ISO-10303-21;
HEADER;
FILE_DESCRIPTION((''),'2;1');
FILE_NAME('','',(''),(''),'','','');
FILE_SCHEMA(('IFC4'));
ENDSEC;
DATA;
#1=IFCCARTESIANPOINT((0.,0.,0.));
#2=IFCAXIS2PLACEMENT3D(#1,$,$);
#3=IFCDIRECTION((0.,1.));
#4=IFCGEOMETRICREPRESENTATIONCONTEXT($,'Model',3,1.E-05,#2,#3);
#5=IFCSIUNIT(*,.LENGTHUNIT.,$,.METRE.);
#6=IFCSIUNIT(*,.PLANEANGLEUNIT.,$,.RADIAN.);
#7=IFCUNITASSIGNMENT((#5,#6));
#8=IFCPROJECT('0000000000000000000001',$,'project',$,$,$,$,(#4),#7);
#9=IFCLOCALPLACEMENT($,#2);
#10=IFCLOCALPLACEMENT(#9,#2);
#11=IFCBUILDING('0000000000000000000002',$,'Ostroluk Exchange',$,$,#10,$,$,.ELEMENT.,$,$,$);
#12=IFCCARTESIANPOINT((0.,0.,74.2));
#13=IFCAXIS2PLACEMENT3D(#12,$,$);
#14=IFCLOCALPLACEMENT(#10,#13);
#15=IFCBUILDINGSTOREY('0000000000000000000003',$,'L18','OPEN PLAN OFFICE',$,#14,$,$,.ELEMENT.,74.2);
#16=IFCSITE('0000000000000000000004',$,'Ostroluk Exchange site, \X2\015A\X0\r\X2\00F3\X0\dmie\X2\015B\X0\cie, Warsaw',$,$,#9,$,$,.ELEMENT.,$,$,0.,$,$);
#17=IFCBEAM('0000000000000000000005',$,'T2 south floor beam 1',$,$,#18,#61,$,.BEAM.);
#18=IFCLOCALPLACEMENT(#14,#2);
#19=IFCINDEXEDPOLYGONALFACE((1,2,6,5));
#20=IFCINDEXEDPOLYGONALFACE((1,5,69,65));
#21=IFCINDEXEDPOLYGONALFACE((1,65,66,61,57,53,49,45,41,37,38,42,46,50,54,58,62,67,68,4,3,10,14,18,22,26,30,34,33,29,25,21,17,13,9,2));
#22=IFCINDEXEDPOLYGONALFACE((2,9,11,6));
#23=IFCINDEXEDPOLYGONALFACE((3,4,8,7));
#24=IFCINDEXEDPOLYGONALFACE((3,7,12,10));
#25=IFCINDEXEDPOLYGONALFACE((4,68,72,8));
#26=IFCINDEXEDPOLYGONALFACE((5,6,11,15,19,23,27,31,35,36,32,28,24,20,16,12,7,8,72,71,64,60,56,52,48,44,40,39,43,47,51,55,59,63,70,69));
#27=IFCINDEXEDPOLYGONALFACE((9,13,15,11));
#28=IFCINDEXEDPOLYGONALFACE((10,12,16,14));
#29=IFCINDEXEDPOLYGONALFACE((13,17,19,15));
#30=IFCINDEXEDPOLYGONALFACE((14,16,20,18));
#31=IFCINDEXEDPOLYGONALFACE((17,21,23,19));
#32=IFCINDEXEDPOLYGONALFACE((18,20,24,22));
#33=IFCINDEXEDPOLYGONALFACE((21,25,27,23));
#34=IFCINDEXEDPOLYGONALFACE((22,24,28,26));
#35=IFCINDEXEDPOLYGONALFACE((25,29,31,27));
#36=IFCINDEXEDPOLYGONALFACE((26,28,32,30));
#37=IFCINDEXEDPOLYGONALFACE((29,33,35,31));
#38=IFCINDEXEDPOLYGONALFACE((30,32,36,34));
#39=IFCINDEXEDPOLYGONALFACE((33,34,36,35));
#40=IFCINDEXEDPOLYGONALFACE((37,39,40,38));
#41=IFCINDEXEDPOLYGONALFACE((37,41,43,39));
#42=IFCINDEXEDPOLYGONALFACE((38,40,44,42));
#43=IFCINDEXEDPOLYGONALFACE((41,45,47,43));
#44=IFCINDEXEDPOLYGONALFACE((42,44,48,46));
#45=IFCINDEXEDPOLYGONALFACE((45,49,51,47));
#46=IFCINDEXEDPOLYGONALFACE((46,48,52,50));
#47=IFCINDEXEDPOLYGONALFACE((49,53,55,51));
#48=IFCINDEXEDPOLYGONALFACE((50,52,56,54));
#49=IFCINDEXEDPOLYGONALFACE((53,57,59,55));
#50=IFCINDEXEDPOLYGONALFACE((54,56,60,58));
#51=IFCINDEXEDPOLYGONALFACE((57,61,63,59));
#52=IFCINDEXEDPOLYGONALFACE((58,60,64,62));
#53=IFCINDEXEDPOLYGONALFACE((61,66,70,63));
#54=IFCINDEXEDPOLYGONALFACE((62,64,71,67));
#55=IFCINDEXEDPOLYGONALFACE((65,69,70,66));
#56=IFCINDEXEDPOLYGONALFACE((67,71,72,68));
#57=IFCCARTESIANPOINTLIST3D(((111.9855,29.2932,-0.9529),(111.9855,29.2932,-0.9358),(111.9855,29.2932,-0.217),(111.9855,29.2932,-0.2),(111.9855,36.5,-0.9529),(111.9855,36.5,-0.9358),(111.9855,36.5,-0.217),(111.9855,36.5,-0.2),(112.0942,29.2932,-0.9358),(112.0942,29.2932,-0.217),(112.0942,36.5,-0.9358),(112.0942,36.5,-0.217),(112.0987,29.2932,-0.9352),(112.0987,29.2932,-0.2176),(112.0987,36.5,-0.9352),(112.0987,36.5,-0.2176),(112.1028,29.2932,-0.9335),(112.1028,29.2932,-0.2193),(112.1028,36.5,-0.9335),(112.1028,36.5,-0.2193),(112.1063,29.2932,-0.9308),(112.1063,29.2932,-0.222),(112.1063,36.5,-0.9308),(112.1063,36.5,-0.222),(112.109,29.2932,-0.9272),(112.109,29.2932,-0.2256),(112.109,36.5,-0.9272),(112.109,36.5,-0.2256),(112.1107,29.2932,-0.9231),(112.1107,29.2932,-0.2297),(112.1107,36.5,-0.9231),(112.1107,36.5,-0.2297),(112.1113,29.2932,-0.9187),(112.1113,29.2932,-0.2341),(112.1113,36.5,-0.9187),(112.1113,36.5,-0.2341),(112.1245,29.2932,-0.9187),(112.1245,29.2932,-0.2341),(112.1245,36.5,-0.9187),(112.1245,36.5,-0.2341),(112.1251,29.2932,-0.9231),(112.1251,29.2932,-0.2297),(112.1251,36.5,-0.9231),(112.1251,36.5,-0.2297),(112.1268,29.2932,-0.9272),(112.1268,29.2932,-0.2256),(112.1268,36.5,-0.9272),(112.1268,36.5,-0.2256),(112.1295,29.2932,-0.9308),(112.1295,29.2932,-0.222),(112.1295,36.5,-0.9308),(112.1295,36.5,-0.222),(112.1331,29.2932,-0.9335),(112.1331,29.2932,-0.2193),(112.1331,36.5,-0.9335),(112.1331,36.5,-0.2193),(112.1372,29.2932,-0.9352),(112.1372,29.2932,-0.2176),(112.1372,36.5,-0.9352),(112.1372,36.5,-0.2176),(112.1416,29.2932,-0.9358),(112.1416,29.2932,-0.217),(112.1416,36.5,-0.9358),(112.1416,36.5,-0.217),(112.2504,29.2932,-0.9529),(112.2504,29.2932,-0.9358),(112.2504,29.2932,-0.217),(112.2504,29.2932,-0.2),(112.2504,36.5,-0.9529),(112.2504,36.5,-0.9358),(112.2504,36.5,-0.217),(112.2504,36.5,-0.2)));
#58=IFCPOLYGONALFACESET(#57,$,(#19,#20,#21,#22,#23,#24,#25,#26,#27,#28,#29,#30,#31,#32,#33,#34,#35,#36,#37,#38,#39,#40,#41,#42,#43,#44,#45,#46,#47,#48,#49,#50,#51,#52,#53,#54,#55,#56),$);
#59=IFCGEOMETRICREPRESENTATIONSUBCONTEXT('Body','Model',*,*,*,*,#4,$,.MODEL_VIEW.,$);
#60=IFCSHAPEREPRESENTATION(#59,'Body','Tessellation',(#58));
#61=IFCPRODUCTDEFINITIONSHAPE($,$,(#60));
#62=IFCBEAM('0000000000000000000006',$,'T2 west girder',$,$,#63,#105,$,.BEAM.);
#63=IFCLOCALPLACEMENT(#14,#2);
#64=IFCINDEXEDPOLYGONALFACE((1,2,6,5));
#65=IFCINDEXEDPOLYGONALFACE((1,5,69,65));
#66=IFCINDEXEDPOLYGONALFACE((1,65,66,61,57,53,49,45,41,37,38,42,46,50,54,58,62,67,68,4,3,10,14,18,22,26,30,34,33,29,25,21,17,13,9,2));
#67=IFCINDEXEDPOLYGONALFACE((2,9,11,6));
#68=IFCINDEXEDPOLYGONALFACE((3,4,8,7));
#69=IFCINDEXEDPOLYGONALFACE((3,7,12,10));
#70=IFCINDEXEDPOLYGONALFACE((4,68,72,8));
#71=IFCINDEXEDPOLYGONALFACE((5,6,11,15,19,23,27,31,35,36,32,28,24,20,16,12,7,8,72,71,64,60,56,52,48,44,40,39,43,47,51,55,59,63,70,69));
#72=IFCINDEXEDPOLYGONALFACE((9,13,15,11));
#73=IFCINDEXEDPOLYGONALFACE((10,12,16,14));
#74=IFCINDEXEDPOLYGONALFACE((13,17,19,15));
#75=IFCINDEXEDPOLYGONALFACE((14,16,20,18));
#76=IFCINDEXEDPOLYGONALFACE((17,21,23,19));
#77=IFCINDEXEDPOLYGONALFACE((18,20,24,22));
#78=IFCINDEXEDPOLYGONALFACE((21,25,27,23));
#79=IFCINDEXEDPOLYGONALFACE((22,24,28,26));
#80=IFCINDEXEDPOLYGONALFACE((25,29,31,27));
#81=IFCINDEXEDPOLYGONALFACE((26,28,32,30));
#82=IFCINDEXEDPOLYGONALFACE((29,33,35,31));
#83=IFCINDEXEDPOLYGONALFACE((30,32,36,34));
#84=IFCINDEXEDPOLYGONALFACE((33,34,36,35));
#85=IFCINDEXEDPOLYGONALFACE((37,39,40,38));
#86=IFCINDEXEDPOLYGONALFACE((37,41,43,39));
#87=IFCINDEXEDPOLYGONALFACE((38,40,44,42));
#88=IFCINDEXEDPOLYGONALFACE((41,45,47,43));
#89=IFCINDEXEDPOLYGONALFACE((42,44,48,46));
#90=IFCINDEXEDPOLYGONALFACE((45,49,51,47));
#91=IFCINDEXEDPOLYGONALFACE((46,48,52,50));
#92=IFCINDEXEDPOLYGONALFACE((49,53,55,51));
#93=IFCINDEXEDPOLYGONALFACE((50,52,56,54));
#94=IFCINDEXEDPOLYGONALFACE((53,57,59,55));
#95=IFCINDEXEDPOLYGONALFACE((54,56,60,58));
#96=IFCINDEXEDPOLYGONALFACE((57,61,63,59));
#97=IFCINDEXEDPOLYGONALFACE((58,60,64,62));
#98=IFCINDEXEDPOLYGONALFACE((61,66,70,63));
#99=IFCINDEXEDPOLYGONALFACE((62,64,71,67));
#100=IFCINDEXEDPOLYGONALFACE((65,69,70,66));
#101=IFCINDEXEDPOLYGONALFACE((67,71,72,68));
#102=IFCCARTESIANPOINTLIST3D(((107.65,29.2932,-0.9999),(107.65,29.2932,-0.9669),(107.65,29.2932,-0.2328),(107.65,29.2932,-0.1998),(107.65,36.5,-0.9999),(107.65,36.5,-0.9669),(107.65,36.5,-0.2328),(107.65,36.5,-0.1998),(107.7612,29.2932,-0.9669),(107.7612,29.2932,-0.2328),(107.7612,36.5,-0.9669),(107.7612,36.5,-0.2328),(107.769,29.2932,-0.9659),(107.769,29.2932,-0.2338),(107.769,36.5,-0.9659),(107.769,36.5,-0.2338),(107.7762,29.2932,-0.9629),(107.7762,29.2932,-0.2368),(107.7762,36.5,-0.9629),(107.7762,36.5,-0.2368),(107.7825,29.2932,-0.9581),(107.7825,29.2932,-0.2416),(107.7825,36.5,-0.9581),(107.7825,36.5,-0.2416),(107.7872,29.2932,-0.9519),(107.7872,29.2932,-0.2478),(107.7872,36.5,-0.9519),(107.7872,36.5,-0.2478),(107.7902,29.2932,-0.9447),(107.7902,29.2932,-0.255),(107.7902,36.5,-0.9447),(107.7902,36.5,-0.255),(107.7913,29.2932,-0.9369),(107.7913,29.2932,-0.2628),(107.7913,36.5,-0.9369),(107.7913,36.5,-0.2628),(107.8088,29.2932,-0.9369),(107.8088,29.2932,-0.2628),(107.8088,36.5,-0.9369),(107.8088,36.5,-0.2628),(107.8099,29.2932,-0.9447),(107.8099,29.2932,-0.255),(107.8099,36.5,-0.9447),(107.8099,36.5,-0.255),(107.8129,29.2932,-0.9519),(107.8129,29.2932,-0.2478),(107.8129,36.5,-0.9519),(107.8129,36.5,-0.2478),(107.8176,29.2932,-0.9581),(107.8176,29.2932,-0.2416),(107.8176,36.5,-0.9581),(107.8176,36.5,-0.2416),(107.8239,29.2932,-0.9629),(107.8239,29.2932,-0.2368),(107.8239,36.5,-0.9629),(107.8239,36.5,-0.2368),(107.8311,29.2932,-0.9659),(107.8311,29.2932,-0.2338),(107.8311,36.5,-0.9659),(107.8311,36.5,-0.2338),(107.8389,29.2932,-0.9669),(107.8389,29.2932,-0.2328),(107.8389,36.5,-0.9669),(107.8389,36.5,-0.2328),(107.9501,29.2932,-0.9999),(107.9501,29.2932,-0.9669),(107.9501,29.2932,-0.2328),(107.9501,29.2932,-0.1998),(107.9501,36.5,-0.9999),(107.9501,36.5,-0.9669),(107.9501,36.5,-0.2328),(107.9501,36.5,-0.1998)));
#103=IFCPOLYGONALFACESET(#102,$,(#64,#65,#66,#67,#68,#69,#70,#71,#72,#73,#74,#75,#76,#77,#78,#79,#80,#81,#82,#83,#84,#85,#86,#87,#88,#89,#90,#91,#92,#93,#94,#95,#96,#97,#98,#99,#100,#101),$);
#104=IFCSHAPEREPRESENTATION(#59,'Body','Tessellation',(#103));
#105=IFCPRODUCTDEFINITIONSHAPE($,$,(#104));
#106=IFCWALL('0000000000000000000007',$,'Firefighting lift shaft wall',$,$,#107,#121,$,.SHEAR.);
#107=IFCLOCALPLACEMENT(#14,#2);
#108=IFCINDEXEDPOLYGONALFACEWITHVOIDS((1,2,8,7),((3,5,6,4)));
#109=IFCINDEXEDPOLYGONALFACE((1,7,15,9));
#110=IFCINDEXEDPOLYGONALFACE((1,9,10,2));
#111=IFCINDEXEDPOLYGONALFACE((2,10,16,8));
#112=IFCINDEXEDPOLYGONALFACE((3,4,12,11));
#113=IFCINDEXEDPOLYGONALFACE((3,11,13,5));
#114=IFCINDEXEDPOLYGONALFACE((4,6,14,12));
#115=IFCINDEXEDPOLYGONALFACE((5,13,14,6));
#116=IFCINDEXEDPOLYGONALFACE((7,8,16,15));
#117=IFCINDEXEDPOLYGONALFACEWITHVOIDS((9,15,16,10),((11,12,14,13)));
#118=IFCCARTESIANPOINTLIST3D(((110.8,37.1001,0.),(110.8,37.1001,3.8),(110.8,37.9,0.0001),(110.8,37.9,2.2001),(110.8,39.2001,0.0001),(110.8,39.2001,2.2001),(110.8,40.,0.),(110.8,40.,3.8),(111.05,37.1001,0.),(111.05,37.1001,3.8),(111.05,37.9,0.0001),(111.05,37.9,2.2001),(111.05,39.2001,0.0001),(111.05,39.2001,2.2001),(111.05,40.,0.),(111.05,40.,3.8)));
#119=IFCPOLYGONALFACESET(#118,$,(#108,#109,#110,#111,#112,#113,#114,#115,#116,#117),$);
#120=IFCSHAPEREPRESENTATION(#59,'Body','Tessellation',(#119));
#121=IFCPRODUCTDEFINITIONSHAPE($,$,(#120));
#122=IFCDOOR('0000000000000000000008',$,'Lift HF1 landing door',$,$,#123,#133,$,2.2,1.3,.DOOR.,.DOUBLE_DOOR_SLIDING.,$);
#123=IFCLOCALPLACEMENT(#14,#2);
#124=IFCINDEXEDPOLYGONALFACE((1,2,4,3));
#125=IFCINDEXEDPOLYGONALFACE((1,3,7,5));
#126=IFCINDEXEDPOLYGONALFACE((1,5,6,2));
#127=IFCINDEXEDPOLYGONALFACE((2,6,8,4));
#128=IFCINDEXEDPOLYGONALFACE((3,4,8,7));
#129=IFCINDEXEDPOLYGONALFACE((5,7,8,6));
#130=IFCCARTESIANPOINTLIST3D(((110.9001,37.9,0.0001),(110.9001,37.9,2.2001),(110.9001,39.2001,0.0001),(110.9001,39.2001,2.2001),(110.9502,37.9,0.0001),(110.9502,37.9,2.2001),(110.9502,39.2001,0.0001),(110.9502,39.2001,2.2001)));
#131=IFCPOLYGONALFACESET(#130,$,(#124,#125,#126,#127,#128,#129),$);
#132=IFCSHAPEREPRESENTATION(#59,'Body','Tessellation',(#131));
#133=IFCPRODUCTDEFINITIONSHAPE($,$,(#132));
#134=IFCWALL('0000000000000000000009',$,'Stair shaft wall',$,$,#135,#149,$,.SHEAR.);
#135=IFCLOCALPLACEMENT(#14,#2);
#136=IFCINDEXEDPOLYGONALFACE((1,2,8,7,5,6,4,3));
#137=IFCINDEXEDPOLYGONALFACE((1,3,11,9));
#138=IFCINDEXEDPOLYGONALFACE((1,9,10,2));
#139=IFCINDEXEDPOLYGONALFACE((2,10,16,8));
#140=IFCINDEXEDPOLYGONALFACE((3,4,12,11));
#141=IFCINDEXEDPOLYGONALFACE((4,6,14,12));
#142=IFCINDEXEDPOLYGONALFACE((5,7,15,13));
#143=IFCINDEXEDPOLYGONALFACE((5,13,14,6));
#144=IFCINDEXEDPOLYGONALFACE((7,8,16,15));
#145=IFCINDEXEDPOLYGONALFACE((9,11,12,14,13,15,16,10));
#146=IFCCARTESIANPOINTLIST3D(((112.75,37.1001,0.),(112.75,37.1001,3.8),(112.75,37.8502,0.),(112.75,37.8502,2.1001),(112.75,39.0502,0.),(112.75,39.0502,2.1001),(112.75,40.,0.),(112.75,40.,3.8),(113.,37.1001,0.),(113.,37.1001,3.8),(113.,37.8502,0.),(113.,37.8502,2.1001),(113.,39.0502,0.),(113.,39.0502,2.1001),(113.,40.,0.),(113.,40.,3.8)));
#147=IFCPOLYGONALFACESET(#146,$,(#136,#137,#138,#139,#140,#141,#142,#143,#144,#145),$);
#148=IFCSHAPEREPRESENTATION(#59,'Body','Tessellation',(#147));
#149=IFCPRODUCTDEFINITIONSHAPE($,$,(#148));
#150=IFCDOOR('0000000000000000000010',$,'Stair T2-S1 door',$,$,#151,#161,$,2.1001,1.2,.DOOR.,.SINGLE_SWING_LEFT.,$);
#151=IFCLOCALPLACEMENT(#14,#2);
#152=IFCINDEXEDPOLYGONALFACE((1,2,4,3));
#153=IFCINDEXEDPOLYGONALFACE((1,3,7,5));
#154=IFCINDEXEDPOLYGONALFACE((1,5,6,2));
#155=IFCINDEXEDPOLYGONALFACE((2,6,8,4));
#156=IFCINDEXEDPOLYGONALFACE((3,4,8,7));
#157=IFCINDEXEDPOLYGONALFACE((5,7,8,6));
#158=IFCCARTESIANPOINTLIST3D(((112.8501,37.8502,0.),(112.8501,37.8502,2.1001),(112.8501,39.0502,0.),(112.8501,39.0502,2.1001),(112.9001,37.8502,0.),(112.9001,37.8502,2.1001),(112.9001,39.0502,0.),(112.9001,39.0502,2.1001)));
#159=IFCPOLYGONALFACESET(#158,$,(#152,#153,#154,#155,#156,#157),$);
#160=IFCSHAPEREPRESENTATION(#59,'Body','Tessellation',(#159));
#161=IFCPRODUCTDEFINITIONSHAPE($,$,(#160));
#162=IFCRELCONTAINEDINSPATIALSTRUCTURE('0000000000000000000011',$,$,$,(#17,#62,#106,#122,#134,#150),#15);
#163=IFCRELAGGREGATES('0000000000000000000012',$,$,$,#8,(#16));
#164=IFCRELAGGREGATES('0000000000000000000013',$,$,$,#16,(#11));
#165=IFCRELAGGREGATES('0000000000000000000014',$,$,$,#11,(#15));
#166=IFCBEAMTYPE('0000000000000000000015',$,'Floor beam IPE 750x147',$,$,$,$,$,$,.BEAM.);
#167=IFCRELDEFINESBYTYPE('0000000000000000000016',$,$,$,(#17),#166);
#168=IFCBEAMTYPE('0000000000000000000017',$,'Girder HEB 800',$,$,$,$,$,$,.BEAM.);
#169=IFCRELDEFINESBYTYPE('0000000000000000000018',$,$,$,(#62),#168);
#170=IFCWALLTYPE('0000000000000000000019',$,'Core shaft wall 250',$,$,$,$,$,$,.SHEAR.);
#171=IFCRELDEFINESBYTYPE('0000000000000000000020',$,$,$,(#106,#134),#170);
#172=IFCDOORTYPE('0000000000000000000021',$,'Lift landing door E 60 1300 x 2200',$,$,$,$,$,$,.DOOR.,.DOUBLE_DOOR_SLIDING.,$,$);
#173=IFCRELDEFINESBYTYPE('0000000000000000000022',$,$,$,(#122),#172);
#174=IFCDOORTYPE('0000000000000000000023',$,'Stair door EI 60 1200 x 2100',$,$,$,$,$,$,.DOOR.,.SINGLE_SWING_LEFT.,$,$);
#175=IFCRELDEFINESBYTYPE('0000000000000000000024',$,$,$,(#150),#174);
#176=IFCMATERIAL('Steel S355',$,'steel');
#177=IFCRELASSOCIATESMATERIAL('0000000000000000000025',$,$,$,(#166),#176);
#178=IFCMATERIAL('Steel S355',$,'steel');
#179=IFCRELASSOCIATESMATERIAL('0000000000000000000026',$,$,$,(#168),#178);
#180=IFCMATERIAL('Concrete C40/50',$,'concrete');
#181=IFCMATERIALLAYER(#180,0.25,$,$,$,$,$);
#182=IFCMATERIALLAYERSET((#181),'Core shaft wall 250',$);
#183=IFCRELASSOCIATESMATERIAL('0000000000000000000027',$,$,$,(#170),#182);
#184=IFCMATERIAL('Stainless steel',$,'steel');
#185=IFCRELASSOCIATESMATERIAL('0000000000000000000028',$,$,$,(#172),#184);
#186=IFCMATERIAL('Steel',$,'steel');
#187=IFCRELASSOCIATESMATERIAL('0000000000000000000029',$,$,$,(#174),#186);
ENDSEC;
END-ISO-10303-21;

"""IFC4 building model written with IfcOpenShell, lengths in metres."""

from ifc_helpers import new_model, si_unit, direction, frame, frame_2d, origin, origin_2d, place, context, subcontext, project, spatial, rectangle, i_section, extrude, material, layer, layer_set, material_profile, profile_set, type_object, element, fill, save


model = new_model("IFC4")

# Units and contexts
model_context = context("Model", 3, precision=1e-05, world=origin(), true_north=direction((0.0, 1.0)))
body_context = subcontext(model_context, "Body", "Model", "MODEL_VIEW")
ifc_project = project(units=[si_unit("LENGTHUNIT", "METRE"), si_unit("PLANEANGLEUNIT", "RADIAN")], contexts=[model_context])

# Site, building, storey
site_placement = place(None, origin())
site = spatial("IfcSite", under=ifc_project, at=site_placement, Name="Ostroluk Exchange site, Śródmieście, Warsaw", CompositionType="ELEMENT", RefElevation=0.0)
building_placement = place(site_placement, origin())
building = spatial("IfcBuilding", under=site, at=building_placement, Name="Ostroluk Exchange", CompositionType="ELEMENT")
storey_placement = place(building_placement, frame((0.0, 0.0, 74.2)))
storey = spatial("IfcBuildingStorey", under=building, at=storey_placement, Name="L18", Description="OPEN PLAN OFFICE", CompositionType="ELEMENT", Elevation=74.2)

# Beams
ifc_material_1 = material(Name="Steel S355", Category="steel")
ifc_material_profile_1 = material_profile(ifc_material_1, i_section(OverallWidth=0.2649, OverallDepth=0.7529, WebThickness=0.0132, FlangeThickness=0.0171, FilletRadius=0.0171, at=origin_2d()), Name="IPE 750x147")
ifc_profile_set_1 = profile_set([ifc_material_profile_1], Name="Steel S355")
beam_type_1 = type_object("IfcBeamType", Name="Floor beam IPE 750x147", PredefinedType="BEAM", material=ifc_profile_set_1)
beam_1_placement = place(storey_placement, frame((112.1179, 36.5, -0.5764), z_axis=(0.0, -1.0, 0.0), x_axis=(1.0, 0.0, 0.0)))
element("IfcBeam", 1, at=beam_1_placement, inside=storey, type_object=beam_type_1, Name="T2 south floor beam 1", PredefinedType="BEAM", context=body_context, shape_type="SweptSolid", body=[
    extrude(i_section(OverallWidth=0.2649, OverallDepth=0.7529, WebThickness=0.0132, FlangeThickness=0.0171, FilletRadius=0.0171, at=origin_2d()), origin(), (0.0, 0.0, 1.0), 7.2068),
])
ifc_material_2 = material(Name="Steel S355", Category="steel")
ifc_material_profile_2 = material_profile(ifc_material_2, i_section(OverallWidth=0.3, OverallDepth=0.8, WebThickness=0.0176, FlangeThickness=0.033, FilletRadius=0.03, at=origin_2d()), Name="HEB 800")
ifc_profile_set_2 = profile_set([ifc_material_profile_2], Name="Steel S355")
beam_type_2 = type_object("IfcBeamType", Name="Girder HEB 800", PredefinedType="BEAM", material=ifc_profile_set_2)
beam_2_placement = place(storey_placement, frame((107.8, 36.5, -0.5999), z_axis=(0.0, -1.0, 0.0), x_axis=(1.0, 0.0, 0.0)))
element("IfcBeam", 2, at=beam_2_placement, inside=storey, type_object=beam_type_2, Name="T2 west girder", PredefinedType="BEAM", context=body_context, shape_type="SweptSolid", body=[
    extrude(i_section(OverallWidth=0.3, OverallDepth=0.8, WebThickness=0.0176, FlangeThickness=0.033, FilletRadius=0.03, at=origin_2d()), origin(), (0.0, 0.0, 1.0), 7.2068),
])

# Walls, openings, doors
ifc_material_3 = material(Name="Concrete C40/50", Category="concrete")
ifc_layer_1 = layer(ifc_material_3, 0.25)
ifc_layer_set_1 = layer_set([ifc_layer_1], Name="Core shaft wall 250")
wall_type_1 = type_object("IfcWallType", Name="Core shaft wall 250", PredefinedType="SHEAR", material=ifc_layer_set_1)
wall_1_placement = place(storey_placement, frame((110.925, 37.1001, 0.0), z_axis=(0.0, 0.0, 1.0), x_axis=(0.0, 1.0, 0.0)))
wall_1 = element("IfcWall", 3, at=wall_1_placement, inside=storey, type_object=wall_type_1, Name="Firefighting lift shaft wall", PredefinedType="SHEAR", context=body_context, shape_type="SweptSolid", body=[
    extrude(rectangle(XDim=2.8999, YDim=0.25, at=frame_2d((1.45, 0.0))), origin(), (0.0, 0.0, 1.0), 3.8),
])
opening_1_placement = place(wall_1_placement, frame((0.8, 0.0, 0.0)))
opening_1 = element("IfcOpeningElement", 4, at=opening_1_placement, cuts=wall_1, PredefinedType="OPENING", context=body_context, shape_type="SweptSolid", body=[
    extrude(rectangle(XDim=1.3, YDim=2.2, at=frame_2d((0.6499, 1.1001))), frame((0.0, 0.135, 0.0), z_axis=(0.0, -1.0, 0.0), x_axis=(1.0, 0.0, 0.0)), (0.0, 0.0, 1.0), 0.27),
])
ifc_material_4 = material(Name="Stainless steel", Category="steel")
door_type_1 = type_object("IfcDoorType", Name="Lift landing door E 60 1300 x 2200", OperationType="DOUBLE_DOOR_SLIDING", PredefinedType="DOOR", material=ifc_material_4)
door_1_placement = place(opening_1_placement, origin())
door_1 = element("IfcDoor", 5, at=door_1_placement, inside=storey, type_object=door_type_1, Name="Lift HF1 landing door", OperationType="DOUBLE_DOOR_SLIDING", OverallHeight=2.2, OverallWidth=1.3, PredefinedType="DOOR", context=body_context, shape_type="SweptSolid", body=[
    extrude(rectangle(XDim=1.3, YDim=2.2, at=frame_2d((0.6499, 1.1001))), frame((0.0, 0.0249, 0.0), z_axis=(0.0, -1.0, 0.0), x_axis=(1.0, 0.0, 0.0)), (0.0, 0.0, 1.0), 0.05),
])
fill(opening_1, door_1)
wall_2_placement = place(storey_placement, frame((112.875, 37.1001, 0.0), z_axis=(0.0, 0.0, 1.0), x_axis=(0.0, 1.0, 0.0)))
wall_2 = element("IfcWall", 6, at=wall_2_placement, inside=storey, type_object=wall_type_1, Name="Stair shaft wall", PredefinedType="SHEAR", context=body_context, shape_type="SweptSolid", body=[
    extrude(rectangle(XDim=2.8999, YDim=0.25, at=frame_2d((1.45, 0.0))), origin(), (0.0, 0.0, 1.0), 3.8),
])
opening_2_placement = place(wall_2_placement, frame((0.75, 0.0, 0.0)))
opening_2 = element("IfcOpeningElement", 7, at=opening_2_placement, cuts=wall_2, PredefinedType="OPENING", context=body_context, shape_type="SweptSolid", body=[
    extrude(rectangle(XDim=1.2, YDim=2.1001, at=frame_2d((0.6001, 1.05))), frame((0.0, 0.135, 0.0), z_axis=(0.0, -1.0, 0.0), x_axis=(1.0, 0.0, 0.0)), (0.0, 0.0, 1.0), 0.27),
])
ifc_material_5 = material(Name="Steel", Category="steel")
door_type_2 = type_object("IfcDoorType", Name="Stair door EI 60 1200 x 2100", OperationType="SINGLE_SWING_LEFT", PredefinedType="DOOR", material=ifc_material_5)
door_2_placement = place(opening_2_placement, origin())
door_2 = element("IfcDoor", 8, at=door_2_placement, inside=storey, type_object=door_type_2, Name="Stair T2-S1 door", OperationType="SINGLE_SWING_LEFT", OverallHeight=2.1001, OverallWidth=1.2, PredefinedType="DOOR", context=body_context, shape_type="SweptSolid", body=[
    extrude(rectangle(XDim=1.2, YDim=2.1001, at=frame_2d((0.6001, 1.05))), frame((0.0, 0.0249, 0.0), z_axis=(0.0, -1.0, 0.0), x_axis=(1.0, 0.0, 0.0)), (0.0, 0.0, 1.0), 0.05),
])
fill(opening_2, door_2)

save(model, "model.ifc")
